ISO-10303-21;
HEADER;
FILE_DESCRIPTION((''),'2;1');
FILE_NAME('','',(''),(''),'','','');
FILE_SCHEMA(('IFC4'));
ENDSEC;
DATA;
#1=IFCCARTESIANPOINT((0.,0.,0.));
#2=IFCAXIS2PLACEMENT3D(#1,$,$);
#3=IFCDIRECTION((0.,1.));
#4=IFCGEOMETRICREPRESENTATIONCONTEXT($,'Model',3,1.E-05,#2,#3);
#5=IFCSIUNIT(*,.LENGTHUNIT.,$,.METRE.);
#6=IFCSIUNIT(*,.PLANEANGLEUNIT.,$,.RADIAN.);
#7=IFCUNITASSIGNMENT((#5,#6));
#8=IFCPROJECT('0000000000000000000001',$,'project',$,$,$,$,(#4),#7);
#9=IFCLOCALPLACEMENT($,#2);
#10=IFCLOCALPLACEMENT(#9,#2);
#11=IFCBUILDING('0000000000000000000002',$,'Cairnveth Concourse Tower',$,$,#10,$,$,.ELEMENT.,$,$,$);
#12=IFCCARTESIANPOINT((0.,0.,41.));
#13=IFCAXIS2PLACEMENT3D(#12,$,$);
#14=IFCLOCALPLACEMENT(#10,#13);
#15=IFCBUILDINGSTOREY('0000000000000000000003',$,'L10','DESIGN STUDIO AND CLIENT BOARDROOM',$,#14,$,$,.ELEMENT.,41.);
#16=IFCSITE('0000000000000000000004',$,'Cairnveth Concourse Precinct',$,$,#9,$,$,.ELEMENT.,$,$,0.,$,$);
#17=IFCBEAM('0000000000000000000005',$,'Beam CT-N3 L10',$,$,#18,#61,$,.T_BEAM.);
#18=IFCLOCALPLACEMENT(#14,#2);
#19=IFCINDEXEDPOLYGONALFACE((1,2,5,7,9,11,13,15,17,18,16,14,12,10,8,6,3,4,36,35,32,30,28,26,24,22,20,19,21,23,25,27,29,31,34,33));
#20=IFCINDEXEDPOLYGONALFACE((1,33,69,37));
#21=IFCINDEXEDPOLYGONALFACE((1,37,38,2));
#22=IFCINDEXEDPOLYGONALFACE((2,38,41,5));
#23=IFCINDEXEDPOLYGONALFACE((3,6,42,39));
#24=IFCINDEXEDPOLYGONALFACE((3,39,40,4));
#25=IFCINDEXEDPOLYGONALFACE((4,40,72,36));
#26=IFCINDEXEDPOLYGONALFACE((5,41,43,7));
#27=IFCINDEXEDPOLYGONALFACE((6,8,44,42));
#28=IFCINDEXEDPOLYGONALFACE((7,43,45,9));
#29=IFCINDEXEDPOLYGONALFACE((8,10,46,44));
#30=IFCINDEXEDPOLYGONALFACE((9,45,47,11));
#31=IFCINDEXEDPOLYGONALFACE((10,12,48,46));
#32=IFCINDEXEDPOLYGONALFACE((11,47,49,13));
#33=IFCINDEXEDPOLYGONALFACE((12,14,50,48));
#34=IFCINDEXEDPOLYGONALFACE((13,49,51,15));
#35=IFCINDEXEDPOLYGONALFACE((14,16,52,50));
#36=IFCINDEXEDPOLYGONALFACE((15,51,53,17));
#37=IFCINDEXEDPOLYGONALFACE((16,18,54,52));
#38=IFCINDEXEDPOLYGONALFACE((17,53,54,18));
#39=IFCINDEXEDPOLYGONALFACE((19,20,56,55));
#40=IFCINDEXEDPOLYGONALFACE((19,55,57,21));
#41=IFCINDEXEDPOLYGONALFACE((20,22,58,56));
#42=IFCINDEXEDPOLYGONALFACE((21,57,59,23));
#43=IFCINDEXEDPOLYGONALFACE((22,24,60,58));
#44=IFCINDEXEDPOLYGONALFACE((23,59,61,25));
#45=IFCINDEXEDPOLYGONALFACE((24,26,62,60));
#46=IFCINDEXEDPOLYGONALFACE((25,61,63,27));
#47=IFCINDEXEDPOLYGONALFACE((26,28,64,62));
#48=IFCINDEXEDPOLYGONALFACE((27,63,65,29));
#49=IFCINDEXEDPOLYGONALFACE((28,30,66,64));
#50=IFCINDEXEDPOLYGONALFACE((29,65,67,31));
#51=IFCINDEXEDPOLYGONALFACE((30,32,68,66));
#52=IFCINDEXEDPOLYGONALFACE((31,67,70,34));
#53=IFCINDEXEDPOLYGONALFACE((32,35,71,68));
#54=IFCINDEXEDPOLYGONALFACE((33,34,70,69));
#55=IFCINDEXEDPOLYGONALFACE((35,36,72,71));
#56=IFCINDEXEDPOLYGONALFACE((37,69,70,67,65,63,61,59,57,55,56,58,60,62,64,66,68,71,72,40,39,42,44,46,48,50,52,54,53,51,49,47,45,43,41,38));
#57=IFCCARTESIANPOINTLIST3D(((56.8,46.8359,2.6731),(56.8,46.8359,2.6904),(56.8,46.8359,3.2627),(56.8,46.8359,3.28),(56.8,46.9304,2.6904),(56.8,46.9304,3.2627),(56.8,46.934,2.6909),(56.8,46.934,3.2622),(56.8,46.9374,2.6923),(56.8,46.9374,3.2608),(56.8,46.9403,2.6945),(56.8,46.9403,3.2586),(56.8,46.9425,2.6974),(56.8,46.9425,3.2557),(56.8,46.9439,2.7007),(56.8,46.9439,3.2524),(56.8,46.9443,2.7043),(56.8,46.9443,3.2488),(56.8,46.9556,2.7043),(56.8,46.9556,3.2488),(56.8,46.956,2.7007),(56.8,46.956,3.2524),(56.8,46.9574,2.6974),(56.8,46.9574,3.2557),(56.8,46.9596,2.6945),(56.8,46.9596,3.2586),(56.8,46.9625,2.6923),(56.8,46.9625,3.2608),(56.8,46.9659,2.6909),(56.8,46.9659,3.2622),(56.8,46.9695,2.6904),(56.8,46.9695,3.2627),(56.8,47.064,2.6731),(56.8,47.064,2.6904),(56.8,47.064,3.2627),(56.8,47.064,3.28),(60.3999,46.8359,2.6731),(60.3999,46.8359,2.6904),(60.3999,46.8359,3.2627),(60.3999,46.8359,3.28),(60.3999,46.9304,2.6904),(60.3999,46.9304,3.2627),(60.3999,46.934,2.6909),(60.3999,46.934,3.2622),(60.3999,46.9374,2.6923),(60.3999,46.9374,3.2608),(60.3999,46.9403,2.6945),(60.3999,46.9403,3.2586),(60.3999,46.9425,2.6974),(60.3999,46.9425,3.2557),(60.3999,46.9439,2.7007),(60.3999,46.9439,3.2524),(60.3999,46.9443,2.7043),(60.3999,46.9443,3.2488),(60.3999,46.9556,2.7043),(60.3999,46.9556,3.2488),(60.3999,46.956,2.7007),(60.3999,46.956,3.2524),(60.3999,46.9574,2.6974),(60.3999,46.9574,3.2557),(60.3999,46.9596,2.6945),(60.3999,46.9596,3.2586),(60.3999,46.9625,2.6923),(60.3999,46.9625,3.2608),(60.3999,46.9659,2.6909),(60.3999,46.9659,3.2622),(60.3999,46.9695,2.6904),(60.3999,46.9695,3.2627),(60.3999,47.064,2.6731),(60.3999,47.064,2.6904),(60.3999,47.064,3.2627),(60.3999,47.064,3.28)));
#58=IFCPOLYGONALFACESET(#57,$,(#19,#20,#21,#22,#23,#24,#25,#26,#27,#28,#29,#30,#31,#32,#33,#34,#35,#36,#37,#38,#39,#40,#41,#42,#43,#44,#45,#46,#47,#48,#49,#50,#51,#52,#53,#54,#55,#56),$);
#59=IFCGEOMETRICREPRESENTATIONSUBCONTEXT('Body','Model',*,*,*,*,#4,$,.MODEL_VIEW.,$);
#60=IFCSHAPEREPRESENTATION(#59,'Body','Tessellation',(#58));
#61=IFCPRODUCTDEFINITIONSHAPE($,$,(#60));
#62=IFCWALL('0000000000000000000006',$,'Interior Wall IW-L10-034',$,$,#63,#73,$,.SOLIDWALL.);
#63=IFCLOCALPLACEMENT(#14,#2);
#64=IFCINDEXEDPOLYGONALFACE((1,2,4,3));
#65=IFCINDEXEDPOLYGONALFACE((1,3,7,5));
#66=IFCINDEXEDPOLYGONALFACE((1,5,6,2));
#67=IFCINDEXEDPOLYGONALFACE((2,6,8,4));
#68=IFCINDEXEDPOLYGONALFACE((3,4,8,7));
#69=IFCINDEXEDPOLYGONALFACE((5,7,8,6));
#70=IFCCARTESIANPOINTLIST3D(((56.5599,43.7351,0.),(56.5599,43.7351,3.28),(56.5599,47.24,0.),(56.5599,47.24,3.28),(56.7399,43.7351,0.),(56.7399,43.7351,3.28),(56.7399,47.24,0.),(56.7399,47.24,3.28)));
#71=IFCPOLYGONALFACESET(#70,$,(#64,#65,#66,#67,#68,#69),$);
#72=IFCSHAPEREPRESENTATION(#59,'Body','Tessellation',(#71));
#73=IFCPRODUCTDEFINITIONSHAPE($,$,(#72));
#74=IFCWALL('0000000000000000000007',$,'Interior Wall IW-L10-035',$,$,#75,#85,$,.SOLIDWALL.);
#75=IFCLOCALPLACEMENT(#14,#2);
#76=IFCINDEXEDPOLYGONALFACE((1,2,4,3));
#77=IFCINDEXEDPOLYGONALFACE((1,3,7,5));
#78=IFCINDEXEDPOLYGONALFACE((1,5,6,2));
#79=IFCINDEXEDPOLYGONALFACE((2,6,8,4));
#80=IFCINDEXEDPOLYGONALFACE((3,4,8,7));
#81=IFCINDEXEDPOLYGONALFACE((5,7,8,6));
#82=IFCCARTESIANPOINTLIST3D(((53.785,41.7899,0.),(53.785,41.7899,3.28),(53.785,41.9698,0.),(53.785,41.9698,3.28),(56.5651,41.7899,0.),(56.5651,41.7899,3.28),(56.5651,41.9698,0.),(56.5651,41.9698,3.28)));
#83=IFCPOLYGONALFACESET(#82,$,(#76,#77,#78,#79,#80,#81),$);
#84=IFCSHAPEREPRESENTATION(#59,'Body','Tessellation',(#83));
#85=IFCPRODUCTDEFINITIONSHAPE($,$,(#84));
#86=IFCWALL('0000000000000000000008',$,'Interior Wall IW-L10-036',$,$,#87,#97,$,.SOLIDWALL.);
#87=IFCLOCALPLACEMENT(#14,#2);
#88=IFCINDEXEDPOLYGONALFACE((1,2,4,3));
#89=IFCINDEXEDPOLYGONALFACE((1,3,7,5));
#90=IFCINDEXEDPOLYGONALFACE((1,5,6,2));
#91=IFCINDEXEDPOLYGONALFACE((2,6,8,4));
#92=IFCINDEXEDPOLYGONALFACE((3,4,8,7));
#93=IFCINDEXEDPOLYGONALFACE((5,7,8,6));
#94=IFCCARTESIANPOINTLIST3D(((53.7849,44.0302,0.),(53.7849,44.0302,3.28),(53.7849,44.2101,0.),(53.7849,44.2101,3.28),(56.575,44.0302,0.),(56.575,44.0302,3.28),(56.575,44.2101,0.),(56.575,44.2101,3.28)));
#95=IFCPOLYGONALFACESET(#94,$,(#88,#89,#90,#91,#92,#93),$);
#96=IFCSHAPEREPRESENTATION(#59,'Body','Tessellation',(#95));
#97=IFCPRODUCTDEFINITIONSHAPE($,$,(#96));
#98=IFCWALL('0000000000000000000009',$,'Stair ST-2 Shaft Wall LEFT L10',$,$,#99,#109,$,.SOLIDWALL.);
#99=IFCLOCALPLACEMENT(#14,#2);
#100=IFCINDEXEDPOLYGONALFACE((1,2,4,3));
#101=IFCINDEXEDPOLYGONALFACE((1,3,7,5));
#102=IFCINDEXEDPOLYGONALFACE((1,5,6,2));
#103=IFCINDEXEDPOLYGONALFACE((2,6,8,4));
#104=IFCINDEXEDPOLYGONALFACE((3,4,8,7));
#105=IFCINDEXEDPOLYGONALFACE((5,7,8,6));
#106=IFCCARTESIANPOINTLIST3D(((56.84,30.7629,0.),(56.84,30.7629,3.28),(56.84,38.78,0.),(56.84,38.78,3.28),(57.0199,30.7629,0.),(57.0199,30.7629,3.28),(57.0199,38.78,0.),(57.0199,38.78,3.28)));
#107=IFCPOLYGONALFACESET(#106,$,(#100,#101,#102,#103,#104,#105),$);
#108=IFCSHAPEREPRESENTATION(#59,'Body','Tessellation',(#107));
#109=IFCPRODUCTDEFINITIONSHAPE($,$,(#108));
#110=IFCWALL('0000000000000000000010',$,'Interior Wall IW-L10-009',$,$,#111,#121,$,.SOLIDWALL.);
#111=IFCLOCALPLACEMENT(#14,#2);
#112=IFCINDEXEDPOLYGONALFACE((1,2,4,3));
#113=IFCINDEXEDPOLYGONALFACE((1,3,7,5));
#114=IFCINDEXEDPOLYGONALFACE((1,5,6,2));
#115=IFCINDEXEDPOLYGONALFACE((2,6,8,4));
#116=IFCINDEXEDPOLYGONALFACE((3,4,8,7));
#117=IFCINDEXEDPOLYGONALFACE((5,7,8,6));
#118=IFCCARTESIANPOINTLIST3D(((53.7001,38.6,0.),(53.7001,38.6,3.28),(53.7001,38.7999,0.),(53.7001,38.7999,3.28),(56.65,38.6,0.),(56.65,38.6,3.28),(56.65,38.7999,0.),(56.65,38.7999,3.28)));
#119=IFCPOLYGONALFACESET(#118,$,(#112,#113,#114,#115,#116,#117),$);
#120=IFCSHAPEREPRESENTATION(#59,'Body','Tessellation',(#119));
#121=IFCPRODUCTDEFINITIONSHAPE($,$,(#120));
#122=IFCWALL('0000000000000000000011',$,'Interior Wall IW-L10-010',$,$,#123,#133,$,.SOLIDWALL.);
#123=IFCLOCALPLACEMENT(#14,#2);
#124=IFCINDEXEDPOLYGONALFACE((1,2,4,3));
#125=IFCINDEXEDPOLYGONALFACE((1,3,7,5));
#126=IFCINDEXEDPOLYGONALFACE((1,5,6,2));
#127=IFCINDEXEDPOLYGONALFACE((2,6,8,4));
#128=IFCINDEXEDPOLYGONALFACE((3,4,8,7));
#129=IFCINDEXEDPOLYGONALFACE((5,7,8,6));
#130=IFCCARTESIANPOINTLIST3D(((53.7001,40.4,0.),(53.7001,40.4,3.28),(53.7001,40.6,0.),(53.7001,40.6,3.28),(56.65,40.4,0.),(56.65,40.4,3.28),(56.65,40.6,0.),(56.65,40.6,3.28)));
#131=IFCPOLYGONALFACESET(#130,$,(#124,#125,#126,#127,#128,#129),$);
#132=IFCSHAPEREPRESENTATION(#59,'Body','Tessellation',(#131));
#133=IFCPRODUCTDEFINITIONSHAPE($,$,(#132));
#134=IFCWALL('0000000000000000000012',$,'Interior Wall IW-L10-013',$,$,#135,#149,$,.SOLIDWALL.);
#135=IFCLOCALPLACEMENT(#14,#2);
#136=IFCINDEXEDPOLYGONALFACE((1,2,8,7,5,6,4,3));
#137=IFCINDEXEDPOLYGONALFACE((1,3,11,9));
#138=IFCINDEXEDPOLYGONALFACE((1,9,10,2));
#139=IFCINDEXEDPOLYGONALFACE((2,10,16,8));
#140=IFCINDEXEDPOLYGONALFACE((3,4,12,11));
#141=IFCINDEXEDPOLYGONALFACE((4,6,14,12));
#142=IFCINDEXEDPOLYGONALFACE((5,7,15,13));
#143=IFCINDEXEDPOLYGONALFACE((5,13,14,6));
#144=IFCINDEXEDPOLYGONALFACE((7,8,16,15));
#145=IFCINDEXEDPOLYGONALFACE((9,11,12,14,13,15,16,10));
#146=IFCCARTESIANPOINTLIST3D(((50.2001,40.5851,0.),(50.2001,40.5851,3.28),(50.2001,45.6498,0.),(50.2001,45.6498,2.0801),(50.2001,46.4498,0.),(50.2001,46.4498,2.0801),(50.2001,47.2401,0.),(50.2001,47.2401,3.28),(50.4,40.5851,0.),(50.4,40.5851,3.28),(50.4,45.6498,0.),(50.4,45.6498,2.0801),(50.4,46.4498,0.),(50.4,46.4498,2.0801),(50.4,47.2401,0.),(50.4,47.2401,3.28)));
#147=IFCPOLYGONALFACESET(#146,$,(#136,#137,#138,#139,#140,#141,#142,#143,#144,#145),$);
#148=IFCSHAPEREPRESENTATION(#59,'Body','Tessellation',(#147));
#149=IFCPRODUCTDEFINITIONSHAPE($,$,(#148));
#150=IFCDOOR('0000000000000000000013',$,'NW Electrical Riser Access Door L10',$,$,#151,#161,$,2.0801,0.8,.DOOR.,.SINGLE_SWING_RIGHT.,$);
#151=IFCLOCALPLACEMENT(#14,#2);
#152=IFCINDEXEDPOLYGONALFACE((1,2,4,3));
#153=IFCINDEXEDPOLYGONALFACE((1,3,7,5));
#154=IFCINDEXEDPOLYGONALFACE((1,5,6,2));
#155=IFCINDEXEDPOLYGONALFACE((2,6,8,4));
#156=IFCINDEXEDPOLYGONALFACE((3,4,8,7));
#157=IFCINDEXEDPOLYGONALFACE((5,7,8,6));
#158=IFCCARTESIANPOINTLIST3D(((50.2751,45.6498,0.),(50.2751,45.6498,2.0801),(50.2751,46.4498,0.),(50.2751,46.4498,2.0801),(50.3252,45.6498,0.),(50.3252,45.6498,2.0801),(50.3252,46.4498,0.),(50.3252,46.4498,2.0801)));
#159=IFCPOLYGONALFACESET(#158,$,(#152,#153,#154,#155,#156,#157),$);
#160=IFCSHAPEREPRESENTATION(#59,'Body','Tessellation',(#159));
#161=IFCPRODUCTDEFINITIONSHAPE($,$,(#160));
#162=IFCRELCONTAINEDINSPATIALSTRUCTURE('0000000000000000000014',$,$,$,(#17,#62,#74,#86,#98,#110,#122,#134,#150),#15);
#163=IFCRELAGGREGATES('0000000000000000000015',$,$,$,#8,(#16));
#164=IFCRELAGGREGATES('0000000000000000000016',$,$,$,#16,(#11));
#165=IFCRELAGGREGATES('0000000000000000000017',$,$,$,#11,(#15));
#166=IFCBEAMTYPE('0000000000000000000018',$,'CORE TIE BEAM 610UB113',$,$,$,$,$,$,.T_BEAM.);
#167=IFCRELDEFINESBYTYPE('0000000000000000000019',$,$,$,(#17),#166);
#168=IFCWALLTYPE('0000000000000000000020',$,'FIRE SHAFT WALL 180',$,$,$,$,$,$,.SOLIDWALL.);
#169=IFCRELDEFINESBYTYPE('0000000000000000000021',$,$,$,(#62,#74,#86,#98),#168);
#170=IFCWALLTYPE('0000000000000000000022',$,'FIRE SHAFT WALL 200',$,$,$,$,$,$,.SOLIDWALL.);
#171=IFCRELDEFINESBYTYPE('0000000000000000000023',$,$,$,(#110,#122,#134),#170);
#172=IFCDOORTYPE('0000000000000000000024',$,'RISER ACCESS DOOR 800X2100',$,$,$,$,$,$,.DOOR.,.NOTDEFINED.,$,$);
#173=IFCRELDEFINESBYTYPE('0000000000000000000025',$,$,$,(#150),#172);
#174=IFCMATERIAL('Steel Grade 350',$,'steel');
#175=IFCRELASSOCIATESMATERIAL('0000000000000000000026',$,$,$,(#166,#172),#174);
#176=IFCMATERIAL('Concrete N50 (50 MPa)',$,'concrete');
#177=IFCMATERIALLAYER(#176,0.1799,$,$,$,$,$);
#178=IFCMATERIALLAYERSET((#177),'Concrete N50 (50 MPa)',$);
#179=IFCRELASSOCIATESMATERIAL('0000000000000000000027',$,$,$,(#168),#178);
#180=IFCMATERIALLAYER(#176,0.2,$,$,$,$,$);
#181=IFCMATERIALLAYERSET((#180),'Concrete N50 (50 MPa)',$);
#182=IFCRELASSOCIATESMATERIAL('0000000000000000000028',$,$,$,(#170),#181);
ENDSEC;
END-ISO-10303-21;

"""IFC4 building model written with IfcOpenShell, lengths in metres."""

from ifc_helpers import new_model, si_unit, direction, frame, frame_2d, origin, origin_2d, place, context, subcontext, project, spatial, rectangle, i_section, extrude, material, layer, layer_set, material_profile, profile_set, type_object, element, fill, save


model = new_model("IFC4")

# Units and contexts
model_context = context("Model", 3, precision=1e-05, world=origin(), true_north=direction((0.0, 1.0)))
body_context = subcontext(model_context, "Body", "Model", "MODEL_VIEW")
ifc_project = project(units=[si_unit("LENGTHUNIT", "METRE"), si_unit("PLANEANGLEUNIT", "RADIAN")], contexts=[model_context])

# Site, building, storey
site_placement = place(None, origin())
site = spatial("IfcSite", under=ifc_project, at=site_placement, Name="Cairnveth Concourse Precinct", CompositionType="ELEMENT", RefElevation=0.0)
building_placement = place(site_placement, origin())
building = spatial("IfcBuilding", under=site, at=building_placement, Name="Cairnveth Concourse Tower", CompositionType="ELEMENT")
storey_placement = place(building_placement, frame((0.0, 0.0, 41.0)))
storey = spatial("IfcBuildingStorey", under=building, at=storey_placement, Name="L10", Description="DESIGN STUDIO AND CLIENT BOARDROOM", CompositionType="ELEMENT", Elevation=41.0)

# Beam
ifc_material_1 = material(Name="Steel Grade 350", Category="steel")
ifc_material_profile = material_profile(ifc_material_1, i_section(OverallWidth=0.228, OverallDepth=0.6069, WebThickness=0.0112, FlangeThickness=0.0173, FilletRadius=0.0139, at=origin_2d()), Name="610UB113")
ifc_profile_set = profile_set([ifc_material_profile], Name="Steel Grade 350")
beam_type = type_object("IfcBeamType", Name="CORE TIE BEAM 610UB113", PredefinedType="T_BEAM", material=ifc_profile_set)
beam_placement = place(storey_placement, frame((56.8, 46.95, 2.9766), z_axis=(1.0, 0.0, 0.0), x_axis=(0.0, 1.0, 0.0)))
element("IfcBeam", 1, at=beam_placement, inside=storey, type_object=beam_type, Name="Beam CT-N3 L10", PredefinedType="T_BEAM", context=body_context, shape_type="SweptSolid", body=[
    extrude(i_section(OverallWidth=0.228, OverallDepth=0.6069, WebThickness=0.0112, FlangeThickness=0.0173, FilletRadius=0.0139, at=origin_2d()), origin(), (0.0, 0.0, 1.0), 3.5999),
])

# Walls
ifc_material_2 = material(Name="Concrete N50 (50 MPa)", Category="concrete")
ifc_layer_1 = layer(ifc_material_2, 0.1799)
ifc_layer_set_1 = layer_set([ifc_layer_1], Name="Concrete N50 (50 MPa)")
wall_type_1 = type_object("IfcWallType", Name="FIRE SHAFT WALL 180", PredefinedType="SOLIDWALL", material=ifc_layer_set_1)
wall_1_placement = place(storey_placement, frame((56.6499, 43.7351, 0.0), z_axis=(0.0, 0.0, 1.0), x_axis=(0.0, 1.0, 0.0)))
element("IfcWall", 2, at=wall_1_placement, inside=storey, type_object=wall_type_1, Name="Interior Wall IW-L10-034", PredefinedType="SOLIDWALL", context=body_context, shape_type="SweptSolid", body=[
    extrude(rectangle(XDim=3.5049, YDim=0.1799, at=frame_2d((1.7524, 0.0))), origin(), (0.0, 0.0, 1.0), 3.28),
])
wall_2_placement = place(storey_placement, frame((53.7849, 41.8799, 0.0), z_axis=(0.0, 0.0, 1.0), x_axis=(1.0, 0.0, 0.0)))
element("IfcWall", 3, at=wall_2_placement, inside=storey, type_object=wall_type_1, Name="Interior Wall IW-L10-035", PredefinedType="SOLIDWALL", context=body_context, shape_type="SweptSolid", body=[
    extrude(rectangle(XDim=2.78, YDim=0.1799, at=frame_2d((1.3901, 0.0))), origin(), (0.0, 0.0, 1.0), 3.28),
])
wall_3_placement = place(storey_placement, frame((53.7849, 44.1201, 0.0), z_axis=(0.0, 0.0, 1.0), x_axis=(1.0, 0.0, 0.0)))
element("IfcWall", 4, at=wall_3_placement, inside=storey, type_object=wall_type_1, Name="Interior Wall IW-L10-036", PredefinedType="SOLIDWALL", context=body_context, shape_type="SweptSolid", body=[
    extrude(rectangle(XDim=2.79, YDim=0.1799, at=frame_2d((1.395, 0.0))), origin(), (0.0, 0.0, 1.0), 3.28),
])

# Walls
wall_4_placement = place(storey_placement, frame((56.9299, 38.78, 0.0), z_axis=(0.0, 0.0, 1.0), x_axis=(0.0, -1.0, 0.0)))
element("IfcWall", 5, at=wall_4_placement, inside=storey, type_object=wall_type_1, Name="Stair ST-2 Shaft Wall LEFT L10", PredefinedType="SOLIDWALL", context=body_context, shape_type="SweptSolid", body=[
    extrude(rectangle(XDim=8.0171, YDim=0.1799, at=frame_2d((4.0085, 0.0))), origin(), (0.0, 0.0, 1.0), 3.28),
])
ifc_layer_2 = layer(ifc_material_2, 0.2)
ifc_layer_set_2 = layer_set([ifc_layer_2], Name="Concrete N50 (50 MPa)")
wall_type_2 = type_object("IfcWallType", Name="FIRE SHAFT WALL 200", PredefinedType="SOLIDWALL", material=ifc_layer_set_2)
for number, where, z_axis, x_axis, name in (
    (6, (53.7, 38.7, 0.0), (0.0, 0.0, 1.0), (1.0, 0.0, 0.0), "Interior Wall IW-L10-009"),
    (7, (53.7, 40.5, 0.0), (0.0, 0.0, 1.0), (1.0, 0.0, 0.0), "Interior Wall IW-L10-010"),
):
    element("IfcWall", number, at=place(storey_placement, frame(where, z_axis=z_axis, x_axis=x_axis)), inside=storey, type_object=wall_type_2, Name=name, PredefinedType="SOLIDWALL", context=body_context, shape_type="SweptSolid", body=[
        extrude(rectangle(XDim=2.95, YDim=0.2, at=frame_2d((1.4751, 0.0))), origin(), (0.0, 0.0, 1.0), 3.28),
    ])

# Wall, opening, door
wall_5_placement = place(storey_placement, frame((50.3, 40.585, 0.0), z_axis=(0.0, 0.0, 1.0), x_axis=(0.0, 1.0, 0.0)))
wall_5 = element("IfcWall", 8, at=wall_5_placement, inside=storey, type_object=wall_type_2, Name="Interior Wall IW-L10-013", PredefinedType="SOLIDWALL", context=body_context, shape_type="SweptSolid", body=[
    extrude(rectangle(XDim=6.655, YDim=0.2, at=frame_2d((3.3276, 0.0))), origin(), (0.0, 0.0, 1.0), 3.28),
])
opening_1_placement = place(wall_5_placement, frame((5.0649, 0.0, 0.0)))
opening_1 = element("IfcOpeningElement", 9, at=opening_1_placement, cuts=wall_5, PredefinedType="OPENING", context=body_context, shape_type="SweptSolid", body=[
    extrude(rectangle(XDim=0.8, YDim=2.0801, at=frame_2d((0.3999, 1.04))), frame((0.0, 0.1099, 0.0), z_axis=(0.0, -1.0, 0.0), x_axis=(1.0, 0.0, 0.0)), (0.0, 0.0, 1.0), 0.22),
])
door_type_1 = type_object("IfcDoorType", Name="RISER ACCESS DOOR 800X2100", OperationType="NOTDEFINED", PredefinedType="DOOR", material=ifc_material_1)
door_1_placement = place(opening_1_placement, origin())
door_1 = element("IfcDoor", 10, at=door_1_placement, inside=storey, type_object=door_type_1, Name="NW Electrical Riser Access Door L10", OperationType="SINGLE_SWING_RIGHT", OverallHeight=2.0801, OverallWidth=0.8, PredefinedType="DOOR", context=body_context, shape_type="SweptSolid", body=[
    extrude(rectangle(XDim=0.8, YDim=2.0801, at=frame_2d((0.3999, 1.04))), frame((0.0, 0.0249, 0.0), z_axis=(0.0, -1.0, 0.0), x_axis=(1.0, 0.0, 0.0)), (0.0, 0.0, 1.0), 0.05),
])
fill(opening_1, door_1)

save(model, "model.ifc")
